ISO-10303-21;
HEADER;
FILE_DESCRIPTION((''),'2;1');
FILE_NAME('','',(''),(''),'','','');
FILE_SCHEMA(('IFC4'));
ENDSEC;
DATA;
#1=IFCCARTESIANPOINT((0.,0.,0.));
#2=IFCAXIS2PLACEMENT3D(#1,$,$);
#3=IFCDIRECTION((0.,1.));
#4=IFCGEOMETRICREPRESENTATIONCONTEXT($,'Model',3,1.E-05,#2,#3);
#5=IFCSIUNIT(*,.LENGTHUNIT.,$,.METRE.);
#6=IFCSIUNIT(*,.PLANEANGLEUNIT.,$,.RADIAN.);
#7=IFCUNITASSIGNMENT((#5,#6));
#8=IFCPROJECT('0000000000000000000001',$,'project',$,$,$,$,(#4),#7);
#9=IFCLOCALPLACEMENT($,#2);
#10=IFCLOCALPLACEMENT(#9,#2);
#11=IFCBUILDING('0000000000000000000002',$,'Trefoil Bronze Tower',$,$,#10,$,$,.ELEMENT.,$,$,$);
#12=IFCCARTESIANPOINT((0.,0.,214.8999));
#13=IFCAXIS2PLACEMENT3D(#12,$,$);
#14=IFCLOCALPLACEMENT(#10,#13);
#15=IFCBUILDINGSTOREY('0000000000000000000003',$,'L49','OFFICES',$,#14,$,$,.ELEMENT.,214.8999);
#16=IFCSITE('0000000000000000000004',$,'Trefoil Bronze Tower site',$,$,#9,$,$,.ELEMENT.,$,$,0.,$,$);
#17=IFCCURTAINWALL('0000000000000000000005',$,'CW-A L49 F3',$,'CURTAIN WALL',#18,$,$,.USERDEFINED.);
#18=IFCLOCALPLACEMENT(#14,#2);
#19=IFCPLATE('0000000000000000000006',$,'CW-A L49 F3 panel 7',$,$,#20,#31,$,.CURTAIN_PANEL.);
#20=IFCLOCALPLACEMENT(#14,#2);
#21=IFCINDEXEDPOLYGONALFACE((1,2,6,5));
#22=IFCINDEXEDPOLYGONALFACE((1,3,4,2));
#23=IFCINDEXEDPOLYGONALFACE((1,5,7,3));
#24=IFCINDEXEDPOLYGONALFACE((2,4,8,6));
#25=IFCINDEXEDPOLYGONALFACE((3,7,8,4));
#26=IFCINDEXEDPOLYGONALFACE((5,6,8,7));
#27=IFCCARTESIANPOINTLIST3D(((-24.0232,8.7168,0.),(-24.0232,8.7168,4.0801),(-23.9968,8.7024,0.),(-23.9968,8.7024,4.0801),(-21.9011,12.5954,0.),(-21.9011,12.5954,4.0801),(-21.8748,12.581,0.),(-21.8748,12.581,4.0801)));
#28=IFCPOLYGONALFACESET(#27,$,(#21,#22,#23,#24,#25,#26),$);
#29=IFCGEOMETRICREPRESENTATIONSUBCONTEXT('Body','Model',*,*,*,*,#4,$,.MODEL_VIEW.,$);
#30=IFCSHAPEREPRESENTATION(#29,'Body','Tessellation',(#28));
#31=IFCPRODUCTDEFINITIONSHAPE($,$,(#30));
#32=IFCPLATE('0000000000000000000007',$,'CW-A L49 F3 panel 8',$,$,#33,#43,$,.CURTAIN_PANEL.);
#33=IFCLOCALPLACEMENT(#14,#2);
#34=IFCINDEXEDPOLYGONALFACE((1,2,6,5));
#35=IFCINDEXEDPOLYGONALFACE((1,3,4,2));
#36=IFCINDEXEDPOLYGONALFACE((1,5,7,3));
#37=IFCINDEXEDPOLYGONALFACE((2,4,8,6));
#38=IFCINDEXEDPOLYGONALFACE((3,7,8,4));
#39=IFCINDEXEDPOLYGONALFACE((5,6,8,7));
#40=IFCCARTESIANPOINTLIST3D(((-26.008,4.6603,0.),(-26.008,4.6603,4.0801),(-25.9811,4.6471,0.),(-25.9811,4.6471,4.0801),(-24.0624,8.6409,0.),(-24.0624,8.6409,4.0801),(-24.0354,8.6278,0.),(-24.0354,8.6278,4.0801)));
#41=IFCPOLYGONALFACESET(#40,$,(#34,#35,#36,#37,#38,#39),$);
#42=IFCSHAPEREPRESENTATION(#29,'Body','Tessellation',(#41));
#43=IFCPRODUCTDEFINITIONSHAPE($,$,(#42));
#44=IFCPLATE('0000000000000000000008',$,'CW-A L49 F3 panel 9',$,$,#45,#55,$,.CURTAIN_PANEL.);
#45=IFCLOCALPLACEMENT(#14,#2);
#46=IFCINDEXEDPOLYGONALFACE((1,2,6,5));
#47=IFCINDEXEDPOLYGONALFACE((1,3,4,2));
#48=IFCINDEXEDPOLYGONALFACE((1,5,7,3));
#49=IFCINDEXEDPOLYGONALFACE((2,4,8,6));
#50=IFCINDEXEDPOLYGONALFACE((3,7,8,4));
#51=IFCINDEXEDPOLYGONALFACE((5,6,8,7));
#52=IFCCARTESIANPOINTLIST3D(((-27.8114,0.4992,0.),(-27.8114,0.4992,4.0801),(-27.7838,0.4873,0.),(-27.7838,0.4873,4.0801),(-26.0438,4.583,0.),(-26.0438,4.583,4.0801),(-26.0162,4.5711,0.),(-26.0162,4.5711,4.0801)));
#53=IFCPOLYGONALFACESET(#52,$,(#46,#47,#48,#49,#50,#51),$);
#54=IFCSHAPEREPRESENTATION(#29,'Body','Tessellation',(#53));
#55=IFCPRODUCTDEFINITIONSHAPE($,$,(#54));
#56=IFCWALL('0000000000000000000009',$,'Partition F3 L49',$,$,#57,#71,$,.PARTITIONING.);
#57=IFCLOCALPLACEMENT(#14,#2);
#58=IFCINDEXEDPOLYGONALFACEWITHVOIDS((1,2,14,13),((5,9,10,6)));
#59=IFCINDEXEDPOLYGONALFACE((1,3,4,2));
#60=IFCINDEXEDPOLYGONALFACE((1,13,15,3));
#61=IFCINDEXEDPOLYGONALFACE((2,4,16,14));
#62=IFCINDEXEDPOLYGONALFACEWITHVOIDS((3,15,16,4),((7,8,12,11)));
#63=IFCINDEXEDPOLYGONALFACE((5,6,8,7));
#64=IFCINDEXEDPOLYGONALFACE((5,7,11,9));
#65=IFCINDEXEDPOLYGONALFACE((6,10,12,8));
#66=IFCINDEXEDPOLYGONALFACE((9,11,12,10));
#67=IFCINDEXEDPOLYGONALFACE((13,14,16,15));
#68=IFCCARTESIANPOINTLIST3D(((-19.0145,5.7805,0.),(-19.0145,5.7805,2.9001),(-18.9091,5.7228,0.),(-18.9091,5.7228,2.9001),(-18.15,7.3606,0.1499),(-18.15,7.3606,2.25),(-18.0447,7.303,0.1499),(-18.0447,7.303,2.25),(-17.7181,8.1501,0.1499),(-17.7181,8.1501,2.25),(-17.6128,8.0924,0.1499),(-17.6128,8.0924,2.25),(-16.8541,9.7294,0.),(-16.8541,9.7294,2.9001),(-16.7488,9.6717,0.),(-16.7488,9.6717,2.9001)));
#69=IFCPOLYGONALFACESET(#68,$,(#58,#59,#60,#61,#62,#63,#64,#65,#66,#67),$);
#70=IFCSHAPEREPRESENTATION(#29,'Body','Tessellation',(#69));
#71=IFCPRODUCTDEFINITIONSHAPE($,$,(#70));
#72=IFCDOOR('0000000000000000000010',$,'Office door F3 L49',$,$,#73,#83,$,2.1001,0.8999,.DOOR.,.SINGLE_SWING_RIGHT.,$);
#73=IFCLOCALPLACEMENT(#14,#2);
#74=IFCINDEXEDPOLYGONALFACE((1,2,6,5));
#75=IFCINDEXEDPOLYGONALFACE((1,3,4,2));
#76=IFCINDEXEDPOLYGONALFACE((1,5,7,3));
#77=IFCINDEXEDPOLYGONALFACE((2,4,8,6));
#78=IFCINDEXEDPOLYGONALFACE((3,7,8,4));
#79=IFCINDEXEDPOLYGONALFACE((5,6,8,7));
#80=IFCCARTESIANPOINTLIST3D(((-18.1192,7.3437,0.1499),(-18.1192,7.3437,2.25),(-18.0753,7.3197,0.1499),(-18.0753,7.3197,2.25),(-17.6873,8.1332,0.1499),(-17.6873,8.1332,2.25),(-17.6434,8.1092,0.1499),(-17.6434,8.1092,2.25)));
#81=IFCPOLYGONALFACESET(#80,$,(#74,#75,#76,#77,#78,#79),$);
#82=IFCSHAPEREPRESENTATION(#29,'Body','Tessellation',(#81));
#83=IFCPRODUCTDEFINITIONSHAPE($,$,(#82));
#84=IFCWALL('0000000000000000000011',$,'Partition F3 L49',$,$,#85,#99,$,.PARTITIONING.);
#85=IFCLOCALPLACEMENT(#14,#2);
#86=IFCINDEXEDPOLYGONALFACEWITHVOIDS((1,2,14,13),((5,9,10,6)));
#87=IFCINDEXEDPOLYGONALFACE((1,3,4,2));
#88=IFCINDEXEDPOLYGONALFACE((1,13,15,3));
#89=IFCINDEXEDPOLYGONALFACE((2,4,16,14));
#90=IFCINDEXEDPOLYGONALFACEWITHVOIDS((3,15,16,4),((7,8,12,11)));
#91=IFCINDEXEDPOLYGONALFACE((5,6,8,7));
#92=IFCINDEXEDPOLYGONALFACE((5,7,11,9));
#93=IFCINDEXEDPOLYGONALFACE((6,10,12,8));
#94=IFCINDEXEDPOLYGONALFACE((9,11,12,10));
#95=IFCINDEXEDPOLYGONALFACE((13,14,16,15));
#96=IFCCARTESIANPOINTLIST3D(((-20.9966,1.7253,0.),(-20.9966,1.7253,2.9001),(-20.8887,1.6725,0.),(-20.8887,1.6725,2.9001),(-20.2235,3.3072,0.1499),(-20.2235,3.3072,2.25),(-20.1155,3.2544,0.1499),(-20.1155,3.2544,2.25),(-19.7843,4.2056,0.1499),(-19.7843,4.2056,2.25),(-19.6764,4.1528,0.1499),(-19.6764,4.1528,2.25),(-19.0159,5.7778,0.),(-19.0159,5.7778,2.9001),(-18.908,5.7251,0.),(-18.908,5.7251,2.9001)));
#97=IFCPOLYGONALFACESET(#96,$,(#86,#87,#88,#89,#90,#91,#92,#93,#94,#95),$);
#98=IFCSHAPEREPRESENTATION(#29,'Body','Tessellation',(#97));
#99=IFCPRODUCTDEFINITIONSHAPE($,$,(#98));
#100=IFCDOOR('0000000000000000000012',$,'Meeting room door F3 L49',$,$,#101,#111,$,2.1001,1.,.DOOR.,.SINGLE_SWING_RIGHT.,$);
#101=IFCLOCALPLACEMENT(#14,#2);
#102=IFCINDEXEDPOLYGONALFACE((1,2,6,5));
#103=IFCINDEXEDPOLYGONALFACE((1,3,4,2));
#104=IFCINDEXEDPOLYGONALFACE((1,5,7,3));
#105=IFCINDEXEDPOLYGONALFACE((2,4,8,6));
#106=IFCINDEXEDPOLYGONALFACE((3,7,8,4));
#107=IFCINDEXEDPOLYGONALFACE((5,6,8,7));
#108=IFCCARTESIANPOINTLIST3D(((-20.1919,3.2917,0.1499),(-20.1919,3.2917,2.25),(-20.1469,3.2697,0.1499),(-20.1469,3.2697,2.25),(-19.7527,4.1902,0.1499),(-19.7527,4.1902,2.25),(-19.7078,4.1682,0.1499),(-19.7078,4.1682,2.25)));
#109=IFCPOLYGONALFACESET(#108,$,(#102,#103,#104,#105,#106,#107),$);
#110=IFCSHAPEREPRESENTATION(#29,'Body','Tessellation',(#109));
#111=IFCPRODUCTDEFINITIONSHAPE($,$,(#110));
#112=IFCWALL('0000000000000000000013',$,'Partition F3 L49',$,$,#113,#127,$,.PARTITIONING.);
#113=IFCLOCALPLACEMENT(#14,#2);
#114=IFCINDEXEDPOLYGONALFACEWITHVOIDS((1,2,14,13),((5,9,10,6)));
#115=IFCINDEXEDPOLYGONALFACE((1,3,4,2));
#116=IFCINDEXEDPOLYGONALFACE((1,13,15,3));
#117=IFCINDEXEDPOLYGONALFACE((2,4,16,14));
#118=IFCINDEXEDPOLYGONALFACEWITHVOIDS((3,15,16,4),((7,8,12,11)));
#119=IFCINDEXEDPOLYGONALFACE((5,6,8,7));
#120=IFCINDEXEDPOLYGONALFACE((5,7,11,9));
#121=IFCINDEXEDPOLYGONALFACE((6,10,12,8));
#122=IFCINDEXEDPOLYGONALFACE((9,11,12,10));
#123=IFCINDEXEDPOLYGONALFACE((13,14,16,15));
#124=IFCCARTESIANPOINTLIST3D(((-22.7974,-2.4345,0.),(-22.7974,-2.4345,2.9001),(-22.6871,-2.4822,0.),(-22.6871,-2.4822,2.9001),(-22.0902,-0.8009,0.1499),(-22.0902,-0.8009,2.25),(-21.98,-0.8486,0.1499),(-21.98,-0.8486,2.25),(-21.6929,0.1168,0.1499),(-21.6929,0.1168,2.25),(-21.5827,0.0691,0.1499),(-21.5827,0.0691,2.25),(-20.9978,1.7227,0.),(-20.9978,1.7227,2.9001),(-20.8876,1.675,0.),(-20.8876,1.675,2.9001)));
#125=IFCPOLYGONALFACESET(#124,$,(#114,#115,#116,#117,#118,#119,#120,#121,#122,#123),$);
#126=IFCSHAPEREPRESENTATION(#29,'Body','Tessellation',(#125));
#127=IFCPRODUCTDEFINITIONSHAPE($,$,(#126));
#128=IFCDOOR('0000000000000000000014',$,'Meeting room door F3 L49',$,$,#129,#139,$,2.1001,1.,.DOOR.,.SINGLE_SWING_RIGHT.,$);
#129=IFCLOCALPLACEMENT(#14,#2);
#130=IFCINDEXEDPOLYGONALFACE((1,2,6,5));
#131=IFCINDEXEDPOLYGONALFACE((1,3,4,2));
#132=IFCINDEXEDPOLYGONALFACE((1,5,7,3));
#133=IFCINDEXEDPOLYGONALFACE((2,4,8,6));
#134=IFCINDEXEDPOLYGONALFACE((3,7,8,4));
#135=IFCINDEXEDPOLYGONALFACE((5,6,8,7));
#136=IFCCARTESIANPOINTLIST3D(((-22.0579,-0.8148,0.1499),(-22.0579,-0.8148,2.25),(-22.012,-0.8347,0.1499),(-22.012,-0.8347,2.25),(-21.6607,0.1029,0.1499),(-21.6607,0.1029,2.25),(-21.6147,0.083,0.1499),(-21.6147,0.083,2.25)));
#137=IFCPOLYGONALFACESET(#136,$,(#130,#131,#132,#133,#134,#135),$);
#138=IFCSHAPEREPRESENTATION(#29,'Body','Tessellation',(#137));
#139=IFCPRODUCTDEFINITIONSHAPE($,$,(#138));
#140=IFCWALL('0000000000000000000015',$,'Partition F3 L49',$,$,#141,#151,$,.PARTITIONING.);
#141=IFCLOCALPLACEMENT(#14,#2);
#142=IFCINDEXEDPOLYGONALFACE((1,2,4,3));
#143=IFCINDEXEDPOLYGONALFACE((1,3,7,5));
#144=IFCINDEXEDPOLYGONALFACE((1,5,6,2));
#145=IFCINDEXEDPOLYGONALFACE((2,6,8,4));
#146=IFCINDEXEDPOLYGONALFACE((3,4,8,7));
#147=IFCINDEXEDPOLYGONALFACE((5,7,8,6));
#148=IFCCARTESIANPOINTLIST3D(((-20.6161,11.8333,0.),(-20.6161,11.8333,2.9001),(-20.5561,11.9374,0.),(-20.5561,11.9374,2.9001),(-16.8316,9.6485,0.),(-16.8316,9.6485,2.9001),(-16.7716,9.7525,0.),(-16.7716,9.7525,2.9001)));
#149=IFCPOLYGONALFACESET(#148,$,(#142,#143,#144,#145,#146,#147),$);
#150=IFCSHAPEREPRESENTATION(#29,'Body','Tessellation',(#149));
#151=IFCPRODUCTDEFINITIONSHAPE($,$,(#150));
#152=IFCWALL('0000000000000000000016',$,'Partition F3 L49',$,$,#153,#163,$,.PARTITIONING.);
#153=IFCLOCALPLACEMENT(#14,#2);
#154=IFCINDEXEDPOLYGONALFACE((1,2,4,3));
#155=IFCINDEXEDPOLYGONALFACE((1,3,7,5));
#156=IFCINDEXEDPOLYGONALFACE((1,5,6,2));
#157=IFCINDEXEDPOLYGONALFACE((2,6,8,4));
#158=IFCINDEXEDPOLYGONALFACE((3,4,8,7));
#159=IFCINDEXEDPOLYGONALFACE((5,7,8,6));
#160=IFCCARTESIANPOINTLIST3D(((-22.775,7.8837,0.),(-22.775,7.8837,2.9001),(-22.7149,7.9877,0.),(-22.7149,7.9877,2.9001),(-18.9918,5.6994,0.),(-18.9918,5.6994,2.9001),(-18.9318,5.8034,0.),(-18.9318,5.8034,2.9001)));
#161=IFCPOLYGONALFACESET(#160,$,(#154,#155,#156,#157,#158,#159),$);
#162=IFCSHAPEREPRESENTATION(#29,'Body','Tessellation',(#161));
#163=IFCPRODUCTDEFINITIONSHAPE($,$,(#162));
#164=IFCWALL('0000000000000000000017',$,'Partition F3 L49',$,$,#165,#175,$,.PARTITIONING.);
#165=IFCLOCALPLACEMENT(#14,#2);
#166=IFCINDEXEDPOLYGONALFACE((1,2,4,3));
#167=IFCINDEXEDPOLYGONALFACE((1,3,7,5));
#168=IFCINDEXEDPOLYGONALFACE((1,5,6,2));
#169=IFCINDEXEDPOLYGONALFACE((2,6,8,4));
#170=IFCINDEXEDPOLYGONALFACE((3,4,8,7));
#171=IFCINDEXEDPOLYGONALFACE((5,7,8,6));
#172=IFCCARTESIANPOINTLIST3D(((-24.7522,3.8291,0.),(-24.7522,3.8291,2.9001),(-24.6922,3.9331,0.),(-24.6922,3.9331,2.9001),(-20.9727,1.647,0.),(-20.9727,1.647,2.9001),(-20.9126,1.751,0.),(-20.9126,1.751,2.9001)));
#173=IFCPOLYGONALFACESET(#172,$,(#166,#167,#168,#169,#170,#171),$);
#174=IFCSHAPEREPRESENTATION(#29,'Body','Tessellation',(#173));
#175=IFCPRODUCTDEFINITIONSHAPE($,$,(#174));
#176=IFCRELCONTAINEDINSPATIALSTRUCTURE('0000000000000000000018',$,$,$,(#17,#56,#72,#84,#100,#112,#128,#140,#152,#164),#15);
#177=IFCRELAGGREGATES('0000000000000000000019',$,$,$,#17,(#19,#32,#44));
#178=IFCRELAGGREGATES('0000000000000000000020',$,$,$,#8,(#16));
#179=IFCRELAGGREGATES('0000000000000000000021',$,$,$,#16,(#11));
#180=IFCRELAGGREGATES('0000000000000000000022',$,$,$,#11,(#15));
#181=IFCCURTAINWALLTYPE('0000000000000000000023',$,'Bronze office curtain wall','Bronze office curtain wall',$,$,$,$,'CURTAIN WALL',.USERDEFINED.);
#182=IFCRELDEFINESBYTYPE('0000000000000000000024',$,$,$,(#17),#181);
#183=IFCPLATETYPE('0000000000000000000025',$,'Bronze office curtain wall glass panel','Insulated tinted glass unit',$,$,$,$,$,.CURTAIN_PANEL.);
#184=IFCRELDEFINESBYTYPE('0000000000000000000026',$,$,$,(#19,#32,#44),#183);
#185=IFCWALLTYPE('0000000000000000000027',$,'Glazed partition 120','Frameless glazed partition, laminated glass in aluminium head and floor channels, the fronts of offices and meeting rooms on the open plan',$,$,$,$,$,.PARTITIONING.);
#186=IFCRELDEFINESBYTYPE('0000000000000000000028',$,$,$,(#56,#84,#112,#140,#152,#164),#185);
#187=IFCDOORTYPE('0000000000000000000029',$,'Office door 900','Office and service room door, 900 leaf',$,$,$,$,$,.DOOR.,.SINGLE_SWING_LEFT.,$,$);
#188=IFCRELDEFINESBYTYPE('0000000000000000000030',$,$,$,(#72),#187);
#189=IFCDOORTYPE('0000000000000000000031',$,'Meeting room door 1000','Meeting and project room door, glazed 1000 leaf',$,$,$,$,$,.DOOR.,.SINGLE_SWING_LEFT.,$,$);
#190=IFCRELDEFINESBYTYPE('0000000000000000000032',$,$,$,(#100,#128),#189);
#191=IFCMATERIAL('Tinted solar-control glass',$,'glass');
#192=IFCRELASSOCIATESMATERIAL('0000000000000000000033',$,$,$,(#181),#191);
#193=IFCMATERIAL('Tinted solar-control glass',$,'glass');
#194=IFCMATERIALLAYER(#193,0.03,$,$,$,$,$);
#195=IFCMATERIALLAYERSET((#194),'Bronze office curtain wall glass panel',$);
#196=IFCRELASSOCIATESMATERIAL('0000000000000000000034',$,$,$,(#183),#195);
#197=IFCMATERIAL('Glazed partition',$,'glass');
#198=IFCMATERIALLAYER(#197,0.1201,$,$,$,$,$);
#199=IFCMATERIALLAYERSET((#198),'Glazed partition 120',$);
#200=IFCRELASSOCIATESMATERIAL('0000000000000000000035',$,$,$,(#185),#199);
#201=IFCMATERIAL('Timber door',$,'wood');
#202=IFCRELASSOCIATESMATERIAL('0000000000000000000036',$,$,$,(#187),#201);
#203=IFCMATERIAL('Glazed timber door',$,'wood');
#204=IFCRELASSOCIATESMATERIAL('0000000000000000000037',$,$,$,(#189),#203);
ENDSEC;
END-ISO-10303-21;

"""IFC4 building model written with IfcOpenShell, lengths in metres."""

from ifc_helpers import new_model, si_unit, direction, frame, frame_2d, origin, origin_2d, place, context, subcontext, project, spatial, rectangle, extrude, material, layer, layer_set, type_object, element, fill, aggregate, save


model = new_model("IFC4")

# Units and contexts
model_context = context("Model", 3, precision=1e-05, world=origin(), true_north=direction((0.0, 1.0)))
body_context = subcontext(model_context, "Body", "Model", "MODEL_VIEW")
ifc_project = project(units=[si_unit("LENGTHUNIT", "METRE"), si_unit("PLANEANGLEUNIT", "RADIAN")], contexts=[model_context])

# Site, building, storey
site_placement = place(None, origin())
site = spatial("IfcSite", under=ifc_project, at=site_placement, Name="Trefoil Bronze Tower site", CompositionType="ELEMENT", RefElevation=0.0)
building_placement = place(site_placement, origin())
building = spatial("IfcBuilding", under=site, at=building_placement, Name="Trefoil Bronze Tower", CompositionType="ELEMENT")
storey_placement = place(building_placement, frame((0.0, 0.0, 214.8999)))
storey = spatial("IfcBuildingStorey", under=building, at=storey_placement, Name="L49", Description="OFFICES", CompositionType="ELEMENT", Elevation=214.8999)

# Curtain wall
ifc_material_1 = material(Name="Tinted solar-control glass", Category="glass")
curtain_wall_type = type_object("IfcCurtainWallType", Name="Bronze office curtain wall", Description="Bronze office curtain wall", ElementType="CURTAIN WALL", PredefinedType="USERDEFINED", material=ifc_material_1)
curtain_wall_placement = place(storey_placement, origin())
curtain_wall = element("IfcCurtainWall", 1, at=curtain_wall_placement, inside=storey, type_object=curtain_wall_type, Name="CW-A L49 F3", ObjectType="CURTAIN WALL", PredefinedType="USERDEFINED")

# Plates
ifc_material_2 = material(Name="Tinted solar-control glass", Category="glass")
ifc_layer_1 = layer(ifc_material_2, 0.03)
ifc_layer_set_1 = layer_set([ifc_layer_1], Name="Bronze office curtain wall glass panel")
plate_type = type_object("IfcPlateType", Name="Bronze office curtain wall glass panel", Description="Insulated tinted glass unit", PredefinedType="CURTAIN_PANEL", material=ifc_layer_set_1)
plate_1_placement = place(storey_placement, frame((-22.949, 10.6489, 0.0), z_axis=(0.0, 0.0, 1.0), x_axis=(-0.479974, -0.877283, 0.0)))
plate_1 = element("IfcPlate", 2, at=plate_1_placement, type_object=plate_type, Name="CW-A L49 F3 panel 7", PredefinedType="CURTAIN_PANEL", context=body_context, shape_type="SweptSolid", body=[
    extrude(rectangle(XDim=4.4211, YDim=0.03, at=origin_2d()), origin(), (0.0, 0.0, 1.0), 4.0801),
])
plate_2_placement = place(storey_placement, frame((-25.0217, 6.644, 0.0), z_axis=(0.0, 0.0, 1.0), x_axis=(-0.439129, -0.898424, 0.0)))
plate_2 = element("IfcPlate", 3, at=plate_2_placement, type_object=plate_type, Name="CW-A L49 F3 panel 8", PredefinedType="CURTAIN_PANEL", context=body_context, shape_type="SweptSolid", body=[
    extrude(rectangle(XDim=4.4307, YDim=0.03, at=origin_2d()), origin(), (0.0, 0.0, 1.0), 4.0801),
])
plate_3_placement = place(storey_placement, frame((-26.9138, 2.5352, 0.0), z_axis=(0.0, 0.0, 1.0), x_axis=(-0.39722, -0.917723, 0.0)))
plate_3 = element("IfcPlate", 4, at=plate_3_placement, type_object=plate_type, Name="CW-A L49 F3 panel 9", PredefinedType="CURTAIN_PANEL", context=body_context, shape_type="SweptSolid", body=[
    extrude(rectangle(XDim=4.45, YDim=0.03, at=origin_2d()), origin(), (0.0, 0.0, 1.0), 4.0801),
])
aggregate(curtain_wall, [plate_1, plate_2, plate_3])

# Walls, openings, doors
ifc_material_3 = material(Name="Glazed partition", Category="glass")
ifc_layer_2 = layer(ifc_material_3, 0.1201)
ifc_layer_set_2 = layer_set([ifc_layer_2], Name="Glazed partition 120")
wall_type_1 = type_object("IfcWallType", Name="Glazed partition 120", Description="Frameless glazed partition, laminated glass in aluminium head and floor channels, the fronts of offices and meeting rooms on the open plan", PredefinedType="PARTITIONING", material=ifc_layer_set_2)
wall_1_placement = place(storey_placement, frame((-16.8015, 9.7004, 0.0), z_axis=(0.0, 0.0, 1.0), x_axis=(-0.47995, -0.877296, 0.0)))
wall_1 = element("IfcWall", 5, at=wall_1_placement, inside=storey, type_object=wall_type_1, Name="Partition F3 L49", PredefinedType="PARTITIONING", context=body_context, shape_type="SweptSolid", body=[
    extrude(rectangle(XDim=4.5012, YDim=0.1201, at=frame_2d((2.2505, 0.0))), origin(), (0.0, 0.0, 1.0), 2.9001),
])
opening_1_placement = place(wall_1_placement, frame((1.8, 0.0, 0.1499)))
opening_1 = element("IfcOpeningElement", 6, at=opening_1_placement, cuts=wall_1, PredefinedType="OPENING", context=body_context, shape_type="SweptSolid", body=[
    extrude(rectangle(XDim=0.8999, YDim=2.1001, at=frame_2d((0.45, 1.05))), frame((0.0, 0.0701, 0.0), z_axis=(0.0, -1.0, 0.0), x_axis=(1.0, 0.0, 0.0)), (0.0, 0.0, 1.0), 0.1401),
])
ifc_material_4 = material(Name="Timber door", Category="wood")
door_type_1 = type_object("IfcDoorType", Name="Office door 900", Description="Office and service room door, 900 leaf", OperationType="SINGLE_SWING_LEFT", PredefinedType="DOOR", material=ifc_material_4)
door_1_placement = place(opening_1_placement, frame((0.8999, 0.0, 0.0), z_axis=(0.0, 0.0, 1.0), x_axis=(-1.0, 0.0, 0.0)))
door_1 = element("IfcDoor", 7, at=door_1_placement, inside=storey, type_object=door_type_1, Name="Office door F3 L49", OperationType="SINGLE_SWING_RIGHT", OverallHeight=2.1001, OverallWidth=0.8999, PredefinedType="DOOR", context=body_context, shape_type="SweptSolid", body=[
    extrude(rectangle(XDim=0.8999, YDim=2.1001, at=frame_2d((0.45, 1.05))), frame((0.0, 0.0249, 0.0), z_axis=(0.0, -1.0, 0.0), x_axis=(1.0, 0.0, 0.0)), (0.0, 0.0, 1.0), 0.05),
])
fill(opening_1, door_1)
wall_2_placement = place(storey_placement, frame((-18.9619, 5.7515, 0.0), z_axis=(0.0, 0.0, 1.0), x_axis=(-0.43912, -0.898428, 0.0)))
wall_2 = element("IfcWall", 8, at=wall_2_placement, inside=storey, type_object=wall_type_1, Name="Partition F3 L49", PredefinedType="PARTITIONING", context=body_context, shape_type="SweptSolid", body=[
    extrude(rectangle(XDim=4.5107, YDim=0.1201, at=frame_2d((2.2554, 0.0))), origin(), (0.0, 0.0, 1.0), 2.9001),
])
opening_2_placement = place(wall_2_placement, frame((1.75, 0.0, 0.1499)))
opening_2 = element("IfcOpeningElement", 9, at=opening_2_placement, cuts=wall_2, PredefinedType="OPENING", context=body_context, shape_type="SweptSolid", body=[
    extrude(rectangle(XDim=1.0, YDim=2.1001, at=frame_2d((0.5, 1.05))), frame((0.0, 0.0701, 0.0), z_axis=(0.0, -1.0, 0.0), x_axis=(1.0, 0.0, 0.0)), (0.0, 0.0, 1.0), 0.1401),
])
ifc_material_5 = material(Name="Glazed timber door", Category="wood")
door_type_2 = type_object("IfcDoorType", Name="Meeting room door 1000", Description="Meeting and project room door, glazed 1000 leaf", OperationType="SINGLE_SWING_LEFT", PredefinedType="DOOR", material=ifc_material_5)
door_2_placement = place(opening_2_placement, frame((1.0, 0.0, 0.0), z_axis=(0.0, 0.0, 1.0), x_axis=(-1.0, 0.0, 0.0)))
door_2 = element("IfcDoor", 10, at=door_2_placement, inside=storey, type_object=door_type_2, Name="Meeting room door F3 L49", OperationType="SINGLE_SWING_RIGHT", OverallHeight=2.1001, OverallWidth=1.0, PredefinedType="DOOR", context=body_context, shape_type="SweptSolid", body=[
    extrude(rectangle(XDim=1.0, YDim=2.1001, at=frame_2d((0.5, 1.05))), frame((0.0, 0.0249, 0.0), z_axis=(0.0, -1.0, 0.0), x_axis=(1.0, 0.0, 0.0)), (0.0, 0.0, 1.0), 0.05),
])
fill(opening_2, door_2)
wall_3_placement = place(storey_placement, frame((-20.9426, 1.699, 0.0), z_axis=(0.0, 0.0, 1.0), x_axis=(-0.397253, -0.917709, 0.0)))
wall_3 = element("IfcWall", 11, at=wall_3_placement, inside=storey, type_object=wall_type_1, Name="Partition F3 L49", PredefinedType="PARTITIONING", context=body_context, shape_type="SweptSolid", body=[
    extrude(rectangle(XDim=4.53, YDim=0.1201, at=frame_2d((2.2651, 0.0))), origin(), (0.0, 0.0, 1.0), 2.9001),
])
opening_3_placement = place(wall_3_placement, frame((1.75, 0.0, 0.1499)))
opening_3 = element("IfcOpeningElement", 12, at=opening_3_placement, cuts=wall_3, PredefinedType="OPENING", context=body_context, shape_type="SweptSolid", body=[
    extrude(rectangle(XDim=1.0, YDim=2.1001, at=frame_2d((0.5, 1.05))), frame((0.0, 0.0701, 0.0), z_axis=(0.0, -1.0, 0.0), x_axis=(1.0, 0.0, 0.0)), (0.0, 0.0, 1.0), 0.1401),
])
door_3_placement = place(opening_3_placement, frame((1.0, 0.0, 0.0), z_axis=(0.0, 0.0, 1.0), x_axis=(-1.0, 0.0, 0.0)))
door_3 = element("IfcDoor", 13, at=door_3_placement, inside=storey, type_object=door_type_2, Name="Meeting room door F3 L49", OperationType="SINGLE_SWING_RIGHT", OverallHeight=2.1001, OverallWidth=1.0, PredefinedType="DOOR", context=body_context, shape_type="SweptSolid", body=[
    extrude(rectangle(XDim=1.0, YDim=2.1001, at=frame_2d((0.5, 1.05))), frame((0.0, 0.0249, 0.0), z_axis=(0.0, -1.0, 0.0), x_axis=(1.0, 0.0, 0.0)), (0.0, 0.0, 1.0), 0.05),
])
fill(opening_3, door_3)

# Walls
wall_4_placement = place(storey_placement, frame((-16.8015, 9.7004, 0.0), z_axis=(0.0, 0.0, 1.0), x_axis=(-0.866038, 0.499979, 0.0)))
element("IfcWall", 14, at=wall_4_placement, inside=storey, type_object=wall_type_1, Name="Partition F3 L49", PredefinedType="PARTITIONING", context=body_context, shape_type="SweptSolid", body=[
    extrude(rectangle(XDim=4.3699, YDim=0.1201, at=frame_2d((2.1851, 0.0))), origin(), (0.0, 0.0, 1.0), 2.9001),
])
wall_5_placement = place(storey_placement, frame((-18.9619, 5.7515, 0.0), z_axis=(0.0, 0.0, 1.0), x_axis=(-0.866016, 0.500016, 0.0)))
element("IfcWall", 15, at=wall_5_placement, inside=storey, type_object=wall_type_1, Name="Partition F3 L49", PredefinedType="PARTITIONING", context=body_context, shape_type="SweptSolid", body=[
    extrude(rectangle(XDim=4.3684, YDim=0.1201, at=frame_2d((2.1841, 0.0))), origin(), (0.0, 0.0, 1.0), 2.9001),
])
wall_6_placement = place(storey_placement, frame((-20.9426, 1.699, 0.0), z_axis=(0.0, 0.0, 1.0), x_axis=(-0.866024, 0.500002, 0.0)))
element("IfcWall", 16, at=wall_6_placement, inside=storey, type_object=wall_type_1, Name="Partition F3 L49", PredefinedType="PARTITIONING", context=body_context, shape_type="SweptSolid", body=[
    extrude(rectangle(XDim=4.3643, YDim=0.1201, at=frame_2d((2.1821, 0.0))), origin(), (0.0, 0.0, 1.0), 2.9001),
])

save(model, "model.ifc")
